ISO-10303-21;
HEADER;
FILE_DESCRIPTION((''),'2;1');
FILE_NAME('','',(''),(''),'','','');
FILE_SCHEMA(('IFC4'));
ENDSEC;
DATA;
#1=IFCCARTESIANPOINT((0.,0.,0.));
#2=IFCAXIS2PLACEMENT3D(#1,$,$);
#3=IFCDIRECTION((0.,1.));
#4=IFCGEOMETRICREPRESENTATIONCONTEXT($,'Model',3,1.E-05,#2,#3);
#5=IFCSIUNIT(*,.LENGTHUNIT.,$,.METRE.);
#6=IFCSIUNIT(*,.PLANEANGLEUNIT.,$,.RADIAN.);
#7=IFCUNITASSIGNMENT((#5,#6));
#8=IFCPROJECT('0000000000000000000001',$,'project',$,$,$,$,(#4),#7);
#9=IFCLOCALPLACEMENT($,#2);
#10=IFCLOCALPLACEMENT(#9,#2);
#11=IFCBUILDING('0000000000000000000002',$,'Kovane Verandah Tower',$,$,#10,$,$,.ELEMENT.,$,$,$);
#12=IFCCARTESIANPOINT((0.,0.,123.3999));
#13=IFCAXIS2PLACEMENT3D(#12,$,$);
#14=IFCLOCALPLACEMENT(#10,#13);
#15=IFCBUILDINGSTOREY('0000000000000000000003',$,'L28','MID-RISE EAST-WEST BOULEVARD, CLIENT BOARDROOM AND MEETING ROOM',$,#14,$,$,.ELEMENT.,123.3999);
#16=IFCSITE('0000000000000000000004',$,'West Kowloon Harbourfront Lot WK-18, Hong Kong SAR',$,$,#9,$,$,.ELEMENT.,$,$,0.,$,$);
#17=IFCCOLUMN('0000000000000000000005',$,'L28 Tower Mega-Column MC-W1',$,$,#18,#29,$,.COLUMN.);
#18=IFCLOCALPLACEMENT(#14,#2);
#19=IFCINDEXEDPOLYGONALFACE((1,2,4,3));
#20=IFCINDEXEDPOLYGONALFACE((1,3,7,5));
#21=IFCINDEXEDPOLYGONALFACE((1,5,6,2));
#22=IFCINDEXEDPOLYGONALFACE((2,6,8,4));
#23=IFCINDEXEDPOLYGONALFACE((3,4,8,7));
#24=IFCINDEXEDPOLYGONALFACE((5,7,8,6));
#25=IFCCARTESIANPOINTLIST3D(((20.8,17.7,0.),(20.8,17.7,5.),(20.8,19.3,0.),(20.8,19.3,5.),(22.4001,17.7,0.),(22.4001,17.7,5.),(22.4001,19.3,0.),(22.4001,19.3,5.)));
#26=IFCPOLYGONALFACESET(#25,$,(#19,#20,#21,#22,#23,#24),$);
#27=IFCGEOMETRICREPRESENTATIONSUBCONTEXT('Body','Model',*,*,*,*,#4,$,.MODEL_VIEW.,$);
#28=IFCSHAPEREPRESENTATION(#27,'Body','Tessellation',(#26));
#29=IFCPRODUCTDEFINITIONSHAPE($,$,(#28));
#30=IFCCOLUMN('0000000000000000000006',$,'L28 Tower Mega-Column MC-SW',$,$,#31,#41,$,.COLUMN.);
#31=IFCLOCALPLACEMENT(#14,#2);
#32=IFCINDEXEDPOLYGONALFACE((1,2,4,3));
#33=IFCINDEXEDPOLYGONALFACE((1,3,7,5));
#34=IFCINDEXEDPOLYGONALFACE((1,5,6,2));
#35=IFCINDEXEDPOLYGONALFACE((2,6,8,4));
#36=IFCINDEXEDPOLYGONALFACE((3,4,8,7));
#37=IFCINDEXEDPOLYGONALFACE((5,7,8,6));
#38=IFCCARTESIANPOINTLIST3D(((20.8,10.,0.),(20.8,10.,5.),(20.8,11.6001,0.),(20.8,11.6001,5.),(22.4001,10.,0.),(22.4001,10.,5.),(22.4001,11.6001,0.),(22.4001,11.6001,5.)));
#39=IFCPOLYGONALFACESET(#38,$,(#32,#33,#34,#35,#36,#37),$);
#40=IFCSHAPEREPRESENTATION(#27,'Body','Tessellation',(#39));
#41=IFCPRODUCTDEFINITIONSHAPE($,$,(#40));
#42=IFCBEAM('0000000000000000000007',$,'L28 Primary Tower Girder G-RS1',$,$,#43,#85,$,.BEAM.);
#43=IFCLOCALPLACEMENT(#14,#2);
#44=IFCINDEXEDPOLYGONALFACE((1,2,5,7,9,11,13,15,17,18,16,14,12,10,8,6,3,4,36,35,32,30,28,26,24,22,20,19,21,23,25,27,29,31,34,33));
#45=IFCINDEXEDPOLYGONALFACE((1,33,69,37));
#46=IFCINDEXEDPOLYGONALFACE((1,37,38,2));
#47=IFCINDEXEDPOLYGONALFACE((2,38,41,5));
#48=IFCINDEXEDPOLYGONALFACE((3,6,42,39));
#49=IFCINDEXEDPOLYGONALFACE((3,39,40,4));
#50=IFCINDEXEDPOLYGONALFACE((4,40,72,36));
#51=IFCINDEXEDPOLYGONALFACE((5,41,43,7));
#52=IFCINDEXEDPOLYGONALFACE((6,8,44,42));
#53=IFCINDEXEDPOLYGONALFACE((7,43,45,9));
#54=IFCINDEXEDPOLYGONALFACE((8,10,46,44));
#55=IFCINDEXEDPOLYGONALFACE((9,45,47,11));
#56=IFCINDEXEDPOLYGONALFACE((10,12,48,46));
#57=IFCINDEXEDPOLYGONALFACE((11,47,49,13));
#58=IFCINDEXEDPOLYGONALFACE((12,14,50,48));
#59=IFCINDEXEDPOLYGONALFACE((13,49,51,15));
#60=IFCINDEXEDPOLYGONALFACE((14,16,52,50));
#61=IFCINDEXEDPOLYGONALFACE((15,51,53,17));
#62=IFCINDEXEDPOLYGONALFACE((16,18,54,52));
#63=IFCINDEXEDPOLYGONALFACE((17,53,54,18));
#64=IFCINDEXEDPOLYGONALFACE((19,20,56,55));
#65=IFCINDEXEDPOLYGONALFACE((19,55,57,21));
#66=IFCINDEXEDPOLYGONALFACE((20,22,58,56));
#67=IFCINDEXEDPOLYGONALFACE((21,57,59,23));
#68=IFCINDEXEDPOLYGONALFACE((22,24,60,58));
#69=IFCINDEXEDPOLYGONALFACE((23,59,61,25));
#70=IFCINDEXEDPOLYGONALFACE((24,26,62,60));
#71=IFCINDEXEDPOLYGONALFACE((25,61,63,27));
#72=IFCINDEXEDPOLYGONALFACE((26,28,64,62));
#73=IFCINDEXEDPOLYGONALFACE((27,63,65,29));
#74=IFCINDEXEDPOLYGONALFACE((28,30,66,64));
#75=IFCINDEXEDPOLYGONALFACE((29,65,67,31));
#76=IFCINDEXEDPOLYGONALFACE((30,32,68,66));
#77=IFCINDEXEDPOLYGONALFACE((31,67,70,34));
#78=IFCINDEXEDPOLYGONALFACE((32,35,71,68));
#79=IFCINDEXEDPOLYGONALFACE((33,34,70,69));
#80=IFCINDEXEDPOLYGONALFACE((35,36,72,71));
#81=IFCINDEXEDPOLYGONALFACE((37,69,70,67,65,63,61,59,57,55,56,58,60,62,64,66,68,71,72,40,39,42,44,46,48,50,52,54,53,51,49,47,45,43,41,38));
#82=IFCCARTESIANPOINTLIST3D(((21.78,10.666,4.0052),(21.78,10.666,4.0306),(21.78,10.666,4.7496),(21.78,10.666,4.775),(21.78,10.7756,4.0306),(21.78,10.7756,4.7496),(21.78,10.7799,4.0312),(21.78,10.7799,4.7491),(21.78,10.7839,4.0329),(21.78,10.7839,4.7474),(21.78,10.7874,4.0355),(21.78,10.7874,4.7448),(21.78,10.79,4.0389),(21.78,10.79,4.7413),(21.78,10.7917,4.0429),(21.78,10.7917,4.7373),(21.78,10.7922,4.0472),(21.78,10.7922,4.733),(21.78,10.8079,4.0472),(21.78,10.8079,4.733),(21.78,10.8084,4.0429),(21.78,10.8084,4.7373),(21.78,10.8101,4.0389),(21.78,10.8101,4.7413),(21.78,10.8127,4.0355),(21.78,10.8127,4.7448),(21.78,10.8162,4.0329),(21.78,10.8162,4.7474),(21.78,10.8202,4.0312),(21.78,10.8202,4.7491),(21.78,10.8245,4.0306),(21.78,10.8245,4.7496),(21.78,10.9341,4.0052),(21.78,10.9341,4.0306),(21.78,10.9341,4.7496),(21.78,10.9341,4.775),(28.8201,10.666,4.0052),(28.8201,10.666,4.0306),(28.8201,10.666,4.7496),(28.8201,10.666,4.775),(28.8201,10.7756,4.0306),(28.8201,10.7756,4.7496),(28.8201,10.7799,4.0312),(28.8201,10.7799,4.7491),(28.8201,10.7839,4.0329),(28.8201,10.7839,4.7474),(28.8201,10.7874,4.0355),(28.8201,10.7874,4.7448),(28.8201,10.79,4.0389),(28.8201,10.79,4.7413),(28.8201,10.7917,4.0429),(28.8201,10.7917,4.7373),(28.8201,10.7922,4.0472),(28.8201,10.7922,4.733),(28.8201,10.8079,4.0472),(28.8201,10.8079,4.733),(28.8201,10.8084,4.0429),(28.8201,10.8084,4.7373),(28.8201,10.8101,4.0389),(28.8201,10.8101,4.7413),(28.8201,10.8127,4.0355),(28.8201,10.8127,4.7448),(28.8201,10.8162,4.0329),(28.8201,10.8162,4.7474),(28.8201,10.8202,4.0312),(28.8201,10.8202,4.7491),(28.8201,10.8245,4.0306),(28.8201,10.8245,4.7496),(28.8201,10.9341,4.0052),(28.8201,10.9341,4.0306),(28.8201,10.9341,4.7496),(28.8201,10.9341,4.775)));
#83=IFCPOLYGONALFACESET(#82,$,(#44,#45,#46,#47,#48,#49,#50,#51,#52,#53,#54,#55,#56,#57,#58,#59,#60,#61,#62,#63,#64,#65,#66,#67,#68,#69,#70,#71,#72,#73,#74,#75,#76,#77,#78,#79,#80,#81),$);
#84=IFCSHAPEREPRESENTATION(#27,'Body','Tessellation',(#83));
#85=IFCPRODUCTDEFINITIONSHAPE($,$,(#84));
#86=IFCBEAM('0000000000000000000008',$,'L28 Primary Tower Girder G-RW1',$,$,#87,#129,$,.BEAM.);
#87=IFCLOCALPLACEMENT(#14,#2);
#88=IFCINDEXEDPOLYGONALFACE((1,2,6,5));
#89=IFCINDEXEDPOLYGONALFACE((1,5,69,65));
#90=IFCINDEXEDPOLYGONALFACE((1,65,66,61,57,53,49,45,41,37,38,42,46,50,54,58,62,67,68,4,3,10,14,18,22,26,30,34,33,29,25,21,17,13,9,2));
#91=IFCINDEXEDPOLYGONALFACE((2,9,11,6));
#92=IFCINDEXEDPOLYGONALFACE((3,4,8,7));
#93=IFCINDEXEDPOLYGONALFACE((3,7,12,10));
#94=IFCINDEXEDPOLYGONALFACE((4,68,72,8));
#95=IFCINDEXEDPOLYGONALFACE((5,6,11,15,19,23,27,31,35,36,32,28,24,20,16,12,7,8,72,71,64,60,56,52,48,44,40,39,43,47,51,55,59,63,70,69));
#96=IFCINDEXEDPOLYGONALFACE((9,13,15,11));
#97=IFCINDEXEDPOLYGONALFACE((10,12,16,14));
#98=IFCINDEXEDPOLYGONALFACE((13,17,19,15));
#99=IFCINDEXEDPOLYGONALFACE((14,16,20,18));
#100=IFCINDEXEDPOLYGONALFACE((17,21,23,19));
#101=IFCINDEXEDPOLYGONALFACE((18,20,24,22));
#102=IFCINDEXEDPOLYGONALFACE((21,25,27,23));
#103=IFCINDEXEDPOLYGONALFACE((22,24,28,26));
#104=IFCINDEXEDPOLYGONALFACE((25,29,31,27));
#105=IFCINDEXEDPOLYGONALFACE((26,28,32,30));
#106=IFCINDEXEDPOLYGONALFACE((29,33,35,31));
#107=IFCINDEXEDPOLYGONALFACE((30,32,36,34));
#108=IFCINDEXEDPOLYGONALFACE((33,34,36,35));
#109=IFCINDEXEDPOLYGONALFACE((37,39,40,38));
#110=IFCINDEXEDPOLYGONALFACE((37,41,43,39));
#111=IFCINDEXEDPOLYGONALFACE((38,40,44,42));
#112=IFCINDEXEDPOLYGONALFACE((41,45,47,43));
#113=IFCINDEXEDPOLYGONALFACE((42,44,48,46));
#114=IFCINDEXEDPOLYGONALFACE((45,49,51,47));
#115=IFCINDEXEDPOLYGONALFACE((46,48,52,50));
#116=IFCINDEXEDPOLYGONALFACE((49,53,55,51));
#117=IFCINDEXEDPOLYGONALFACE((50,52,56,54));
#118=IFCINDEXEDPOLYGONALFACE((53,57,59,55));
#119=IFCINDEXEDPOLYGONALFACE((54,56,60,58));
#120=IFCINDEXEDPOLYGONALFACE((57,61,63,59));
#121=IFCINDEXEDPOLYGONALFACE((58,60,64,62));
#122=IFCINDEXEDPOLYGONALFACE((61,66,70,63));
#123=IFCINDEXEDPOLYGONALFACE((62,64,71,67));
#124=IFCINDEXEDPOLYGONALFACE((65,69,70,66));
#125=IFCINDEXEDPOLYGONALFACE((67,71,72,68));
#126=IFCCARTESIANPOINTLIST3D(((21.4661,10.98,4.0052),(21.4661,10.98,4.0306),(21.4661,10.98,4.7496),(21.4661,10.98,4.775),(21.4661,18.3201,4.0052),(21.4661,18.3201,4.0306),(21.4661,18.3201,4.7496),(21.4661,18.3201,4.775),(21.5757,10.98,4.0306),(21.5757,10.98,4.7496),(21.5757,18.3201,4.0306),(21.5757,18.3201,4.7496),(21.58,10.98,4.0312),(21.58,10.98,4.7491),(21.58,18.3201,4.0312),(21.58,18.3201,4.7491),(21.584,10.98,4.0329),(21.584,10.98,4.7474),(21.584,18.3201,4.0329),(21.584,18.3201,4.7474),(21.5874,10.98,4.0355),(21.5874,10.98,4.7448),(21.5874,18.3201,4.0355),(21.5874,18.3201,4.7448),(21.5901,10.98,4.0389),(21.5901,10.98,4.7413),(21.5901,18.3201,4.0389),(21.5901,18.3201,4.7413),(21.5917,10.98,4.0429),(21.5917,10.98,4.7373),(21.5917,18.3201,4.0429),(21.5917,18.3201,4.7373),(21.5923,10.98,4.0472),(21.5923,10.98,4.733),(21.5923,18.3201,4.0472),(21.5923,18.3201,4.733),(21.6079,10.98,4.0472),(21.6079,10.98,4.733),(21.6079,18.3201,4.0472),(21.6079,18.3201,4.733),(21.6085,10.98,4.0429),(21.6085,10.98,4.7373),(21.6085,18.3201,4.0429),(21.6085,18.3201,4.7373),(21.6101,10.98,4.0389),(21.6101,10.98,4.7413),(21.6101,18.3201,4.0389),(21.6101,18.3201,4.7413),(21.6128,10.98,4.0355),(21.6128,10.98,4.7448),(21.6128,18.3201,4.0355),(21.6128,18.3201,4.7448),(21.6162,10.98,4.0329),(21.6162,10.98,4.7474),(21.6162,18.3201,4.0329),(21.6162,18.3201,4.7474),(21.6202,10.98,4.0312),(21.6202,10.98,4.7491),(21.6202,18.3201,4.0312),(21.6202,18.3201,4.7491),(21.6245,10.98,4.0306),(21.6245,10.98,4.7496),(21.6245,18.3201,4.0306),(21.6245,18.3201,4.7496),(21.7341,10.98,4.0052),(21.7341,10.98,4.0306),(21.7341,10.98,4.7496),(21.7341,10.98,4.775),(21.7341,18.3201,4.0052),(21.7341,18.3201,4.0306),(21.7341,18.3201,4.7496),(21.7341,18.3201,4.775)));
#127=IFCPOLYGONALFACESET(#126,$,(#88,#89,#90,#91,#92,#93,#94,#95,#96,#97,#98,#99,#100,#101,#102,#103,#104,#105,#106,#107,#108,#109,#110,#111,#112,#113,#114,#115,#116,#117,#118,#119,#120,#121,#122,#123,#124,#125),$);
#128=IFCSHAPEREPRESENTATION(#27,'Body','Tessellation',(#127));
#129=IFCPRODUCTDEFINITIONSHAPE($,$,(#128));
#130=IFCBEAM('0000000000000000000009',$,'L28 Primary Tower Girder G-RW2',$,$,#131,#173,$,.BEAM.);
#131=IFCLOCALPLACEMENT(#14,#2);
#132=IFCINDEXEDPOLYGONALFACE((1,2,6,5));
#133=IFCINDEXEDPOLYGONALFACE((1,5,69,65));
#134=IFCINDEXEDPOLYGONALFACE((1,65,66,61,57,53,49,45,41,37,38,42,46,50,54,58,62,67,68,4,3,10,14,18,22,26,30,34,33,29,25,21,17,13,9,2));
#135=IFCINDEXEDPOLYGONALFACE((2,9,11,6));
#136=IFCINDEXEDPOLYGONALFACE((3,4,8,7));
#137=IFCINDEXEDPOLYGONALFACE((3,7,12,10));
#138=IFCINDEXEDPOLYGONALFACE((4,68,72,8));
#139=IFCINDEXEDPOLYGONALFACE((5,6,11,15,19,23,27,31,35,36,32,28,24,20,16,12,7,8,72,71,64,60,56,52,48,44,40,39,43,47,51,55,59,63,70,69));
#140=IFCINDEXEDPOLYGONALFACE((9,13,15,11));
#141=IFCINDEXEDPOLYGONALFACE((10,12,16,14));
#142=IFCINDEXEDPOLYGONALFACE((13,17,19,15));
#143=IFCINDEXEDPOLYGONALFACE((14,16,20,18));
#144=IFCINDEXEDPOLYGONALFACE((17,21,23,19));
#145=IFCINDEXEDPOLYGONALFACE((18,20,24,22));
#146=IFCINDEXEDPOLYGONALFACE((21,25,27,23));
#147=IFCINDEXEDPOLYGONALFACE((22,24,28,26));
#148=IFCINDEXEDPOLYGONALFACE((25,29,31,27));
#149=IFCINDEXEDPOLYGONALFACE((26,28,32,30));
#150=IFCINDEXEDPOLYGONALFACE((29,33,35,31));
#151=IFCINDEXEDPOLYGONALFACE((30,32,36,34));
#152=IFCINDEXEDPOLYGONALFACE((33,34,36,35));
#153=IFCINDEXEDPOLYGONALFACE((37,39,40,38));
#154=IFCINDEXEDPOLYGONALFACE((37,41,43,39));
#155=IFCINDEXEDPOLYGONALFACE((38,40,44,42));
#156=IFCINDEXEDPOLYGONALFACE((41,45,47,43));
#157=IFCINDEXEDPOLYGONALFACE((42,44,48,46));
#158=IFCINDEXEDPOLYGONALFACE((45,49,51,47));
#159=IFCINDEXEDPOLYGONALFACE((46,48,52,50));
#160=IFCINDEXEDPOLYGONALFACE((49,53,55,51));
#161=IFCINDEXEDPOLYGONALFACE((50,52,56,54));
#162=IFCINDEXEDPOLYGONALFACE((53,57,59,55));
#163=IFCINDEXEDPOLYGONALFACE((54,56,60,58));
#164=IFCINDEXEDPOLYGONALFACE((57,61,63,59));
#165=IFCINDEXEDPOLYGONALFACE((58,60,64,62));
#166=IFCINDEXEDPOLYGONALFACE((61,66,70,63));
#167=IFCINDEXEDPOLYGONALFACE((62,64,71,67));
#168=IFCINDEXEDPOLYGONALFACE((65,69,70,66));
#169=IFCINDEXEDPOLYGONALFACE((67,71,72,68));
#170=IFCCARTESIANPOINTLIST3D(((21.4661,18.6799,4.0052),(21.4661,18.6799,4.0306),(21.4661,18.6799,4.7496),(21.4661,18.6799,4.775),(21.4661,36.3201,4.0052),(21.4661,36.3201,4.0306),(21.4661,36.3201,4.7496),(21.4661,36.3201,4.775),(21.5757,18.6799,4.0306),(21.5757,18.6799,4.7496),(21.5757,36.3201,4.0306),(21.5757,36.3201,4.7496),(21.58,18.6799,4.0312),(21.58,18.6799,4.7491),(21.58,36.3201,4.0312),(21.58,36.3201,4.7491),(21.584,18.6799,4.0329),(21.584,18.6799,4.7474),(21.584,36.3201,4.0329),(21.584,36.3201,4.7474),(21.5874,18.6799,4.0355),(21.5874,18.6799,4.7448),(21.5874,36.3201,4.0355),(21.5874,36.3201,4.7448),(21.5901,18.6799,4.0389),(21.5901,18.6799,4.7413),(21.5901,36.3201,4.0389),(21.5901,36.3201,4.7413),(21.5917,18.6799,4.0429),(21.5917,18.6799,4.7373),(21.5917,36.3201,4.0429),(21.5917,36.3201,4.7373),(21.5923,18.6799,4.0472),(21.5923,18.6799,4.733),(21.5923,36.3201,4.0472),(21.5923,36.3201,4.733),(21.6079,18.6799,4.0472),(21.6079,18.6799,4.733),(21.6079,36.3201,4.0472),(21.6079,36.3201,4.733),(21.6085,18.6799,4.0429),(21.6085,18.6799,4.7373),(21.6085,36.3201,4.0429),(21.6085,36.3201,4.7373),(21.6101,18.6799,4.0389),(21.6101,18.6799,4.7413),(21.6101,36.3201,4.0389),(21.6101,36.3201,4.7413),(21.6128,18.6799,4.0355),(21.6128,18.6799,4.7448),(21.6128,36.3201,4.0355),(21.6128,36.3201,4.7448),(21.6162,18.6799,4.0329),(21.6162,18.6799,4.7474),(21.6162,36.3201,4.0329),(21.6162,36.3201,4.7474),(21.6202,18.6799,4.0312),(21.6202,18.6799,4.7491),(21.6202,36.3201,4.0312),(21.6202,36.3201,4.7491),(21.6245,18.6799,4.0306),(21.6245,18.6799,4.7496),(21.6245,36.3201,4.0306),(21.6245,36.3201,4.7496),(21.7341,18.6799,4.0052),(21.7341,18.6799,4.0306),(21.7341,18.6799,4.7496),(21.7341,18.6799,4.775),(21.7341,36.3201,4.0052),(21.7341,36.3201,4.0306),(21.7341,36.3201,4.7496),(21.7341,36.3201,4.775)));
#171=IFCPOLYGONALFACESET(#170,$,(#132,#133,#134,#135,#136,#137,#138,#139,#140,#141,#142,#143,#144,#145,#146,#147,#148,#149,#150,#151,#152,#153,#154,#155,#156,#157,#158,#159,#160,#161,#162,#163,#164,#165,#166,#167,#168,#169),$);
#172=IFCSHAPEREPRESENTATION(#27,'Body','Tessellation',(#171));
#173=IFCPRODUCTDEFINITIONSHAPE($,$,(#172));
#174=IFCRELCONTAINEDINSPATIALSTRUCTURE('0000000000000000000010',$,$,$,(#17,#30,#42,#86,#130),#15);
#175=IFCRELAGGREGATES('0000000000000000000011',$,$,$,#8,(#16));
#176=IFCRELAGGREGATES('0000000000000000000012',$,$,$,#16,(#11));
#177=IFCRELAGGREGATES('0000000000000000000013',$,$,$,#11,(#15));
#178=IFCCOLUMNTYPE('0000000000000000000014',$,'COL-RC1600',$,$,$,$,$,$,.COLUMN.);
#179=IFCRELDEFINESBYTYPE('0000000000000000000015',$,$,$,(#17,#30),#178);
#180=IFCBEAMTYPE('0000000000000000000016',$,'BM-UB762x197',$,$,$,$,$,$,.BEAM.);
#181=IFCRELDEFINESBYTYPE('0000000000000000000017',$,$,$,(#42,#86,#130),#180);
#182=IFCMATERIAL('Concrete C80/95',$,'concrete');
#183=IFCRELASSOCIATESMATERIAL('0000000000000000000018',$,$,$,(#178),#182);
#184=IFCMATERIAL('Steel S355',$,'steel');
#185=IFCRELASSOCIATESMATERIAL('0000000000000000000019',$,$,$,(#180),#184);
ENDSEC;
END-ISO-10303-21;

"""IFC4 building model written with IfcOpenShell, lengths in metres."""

from ifc_helpers import new_model, si_unit, direction, frame, origin, origin_2d, place, context, subcontext, project, spatial, rectangle, i_section, extrude, material, material_profile, profile_set, type_object, element, save


model = new_model("IFC4")

# Units and contexts
model_context = context("Model", 3, precision=1e-05, world=origin(), true_north=direction((0.0, 1.0)))
body_context = subcontext(model_context, "Body", "Model", "MODEL_VIEW")
ifc_project = project(units=[si_unit("LENGTHUNIT", "METRE"), si_unit("PLANEANGLEUNIT", "RADIAN")], contexts=[model_context])

# Site, building, storey
site_placement = place(None, origin())
site = spatial("IfcSite", under=ifc_project, at=site_placement, Name="West Kowloon Harbourfront Lot WK-18, Hong Kong SAR", CompositionType="ELEMENT", RefElevation=0.0)
building_placement = place(site_placement, origin())
building = spatial("IfcBuilding", under=site, at=building_placement, Name="Kovane Verandah Tower", CompositionType="ELEMENT")
storey_placement = place(building_placement, frame((0.0, 0.0, 123.3999)))
storey = spatial("IfcBuildingStorey", under=building, at=storey_placement, Name="L28", Description="MID-RISE EAST-WEST BOULEVARD, CLIENT BOARDROOM AND MEETING ROOM", CompositionType="ELEMENT", Elevation=123.3999)

# Columns
ifc_material_1 = material(Name="Concrete C80/95", Category="concrete")
ifc_material_profile_1 = material_profile(ifc_material_1, rectangle(XDim=1.6001, YDim=1.6001, at=origin_2d()), Name="RC1600x1600")
ifc_profile_set_1 = profile_set([ifc_material_profile_1], Name="Concrete C80/95")
column_type = type_object("IfcColumnType", Name="COL-RC1600", PredefinedType="COLUMN", material=ifc_profile_set_1)
for number, where, z_axis, x_axis, name in (
    (1, (21.6001, 18.5, 0.0), (0.0, 0.0, 1.0), (1.0, 0.0, 0.0), "L28 Tower Mega-Column MC-W1"),
    (2, (21.6001, 10.8, 0.0), (0.0, 0.0, 1.0), (1.0, 0.0, 0.0), "L28 Tower Mega-Column MC-SW"),
):
    element("IfcColumn", number, at=place(storey_placement, frame(where, z_axis=z_axis, x_axis=x_axis)), inside=storey, type_object=column_type, Name=name, PredefinedType="COLUMN", context=body_context, shape_type="SweptSolid", body=[
        extrude(rectangle(XDim=1.6001, YDim=1.6001, at=origin_2d()), origin(), (0.0, 0.0, 1.0), 5.0),
    ])

# Beams
ifc_material_2 = material(Name="Steel S355", Category="steel")
ifc_material_profile_2 = material_profile(ifc_material_2, i_section(OverallWidth=0.2681, OverallDepth=0.7698, WebThickness=0.0156, FlangeThickness=0.0254, FilletRadius=0.0166, at=origin_2d()), Name="UB762x267x197")
ifc_profile_set_2 = profile_set([ifc_material_profile_2], Name="Steel S355")
beam_type_1 = type_object("IfcBeamType", Name="BM-UB762x197", PredefinedType="BEAM", material=ifc_profile_set_2)
beam_1_placement = place(storey_placement, frame((21.78, 10.8, 4.3901), z_axis=(1.0, 0.0, 0.0), x_axis=(0.0, 1.0, 0.0)))
element("IfcBeam", 3, at=beam_1_placement, inside=storey, type_object=beam_type_1, Name="L28 Primary Tower Girder G-RS1", PredefinedType="BEAM", context=body_context, shape_type="SweptSolid", body=[
    extrude(i_section(OverallWidth=0.2681, OverallDepth=0.7698, WebThickness=0.0156, FlangeThickness=0.0254, FilletRadius=0.0166, at=origin_2d()), origin(), (0.0, 0.0, 1.0), 7.04),
])
beam_2_placement = place(storey_placement, frame((21.6001, 10.98, 4.3901), z_axis=(0.0, 1.0, 0.0), x_axis=(-1.0, 0.0, 0.0)))
element("IfcBeam", 4, at=beam_2_placement, inside=storey, type_object=beam_type_1, Name="L28 Primary Tower Girder G-RW1", PredefinedType="BEAM", context=body_context, shape_type="SweptSolid", body=[
    extrude(i_section(OverallWidth=0.2681, OverallDepth=0.7698, WebThickness=0.0156, FlangeThickness=0.0254, FilletRadius=0.0166, at=origin_2d()), origin(), (0.0, 0.0, 1.0), 7.3401),
])
beam_3_placement = place(storey_placement, frame((21.6001, 18.6799, 4.3901), z_axis=(0.0, 1.0, 0.0), x_axis=(-1.0, 0.0, 0.0)))
element("IfcBeam", 5, at=beam_3_placement, inside=storey, type_object=beam_type_1, Name="L28 Primary Tower Girder G-RW2", PredefinedType="BEAM", context=body_context, shape_type="SweptSolid", body=[
    extrude(i_section(OverallWidth=0.2681, OverallDepth=0.7698, WebThickness=0.0156, FlangeThickness=0.0254, FilletRadius=0.0166, at=origin_2d()), origin(), (0.0, 0.0, 1.0), 17.6401),
])

save(model, "model.ifc")
